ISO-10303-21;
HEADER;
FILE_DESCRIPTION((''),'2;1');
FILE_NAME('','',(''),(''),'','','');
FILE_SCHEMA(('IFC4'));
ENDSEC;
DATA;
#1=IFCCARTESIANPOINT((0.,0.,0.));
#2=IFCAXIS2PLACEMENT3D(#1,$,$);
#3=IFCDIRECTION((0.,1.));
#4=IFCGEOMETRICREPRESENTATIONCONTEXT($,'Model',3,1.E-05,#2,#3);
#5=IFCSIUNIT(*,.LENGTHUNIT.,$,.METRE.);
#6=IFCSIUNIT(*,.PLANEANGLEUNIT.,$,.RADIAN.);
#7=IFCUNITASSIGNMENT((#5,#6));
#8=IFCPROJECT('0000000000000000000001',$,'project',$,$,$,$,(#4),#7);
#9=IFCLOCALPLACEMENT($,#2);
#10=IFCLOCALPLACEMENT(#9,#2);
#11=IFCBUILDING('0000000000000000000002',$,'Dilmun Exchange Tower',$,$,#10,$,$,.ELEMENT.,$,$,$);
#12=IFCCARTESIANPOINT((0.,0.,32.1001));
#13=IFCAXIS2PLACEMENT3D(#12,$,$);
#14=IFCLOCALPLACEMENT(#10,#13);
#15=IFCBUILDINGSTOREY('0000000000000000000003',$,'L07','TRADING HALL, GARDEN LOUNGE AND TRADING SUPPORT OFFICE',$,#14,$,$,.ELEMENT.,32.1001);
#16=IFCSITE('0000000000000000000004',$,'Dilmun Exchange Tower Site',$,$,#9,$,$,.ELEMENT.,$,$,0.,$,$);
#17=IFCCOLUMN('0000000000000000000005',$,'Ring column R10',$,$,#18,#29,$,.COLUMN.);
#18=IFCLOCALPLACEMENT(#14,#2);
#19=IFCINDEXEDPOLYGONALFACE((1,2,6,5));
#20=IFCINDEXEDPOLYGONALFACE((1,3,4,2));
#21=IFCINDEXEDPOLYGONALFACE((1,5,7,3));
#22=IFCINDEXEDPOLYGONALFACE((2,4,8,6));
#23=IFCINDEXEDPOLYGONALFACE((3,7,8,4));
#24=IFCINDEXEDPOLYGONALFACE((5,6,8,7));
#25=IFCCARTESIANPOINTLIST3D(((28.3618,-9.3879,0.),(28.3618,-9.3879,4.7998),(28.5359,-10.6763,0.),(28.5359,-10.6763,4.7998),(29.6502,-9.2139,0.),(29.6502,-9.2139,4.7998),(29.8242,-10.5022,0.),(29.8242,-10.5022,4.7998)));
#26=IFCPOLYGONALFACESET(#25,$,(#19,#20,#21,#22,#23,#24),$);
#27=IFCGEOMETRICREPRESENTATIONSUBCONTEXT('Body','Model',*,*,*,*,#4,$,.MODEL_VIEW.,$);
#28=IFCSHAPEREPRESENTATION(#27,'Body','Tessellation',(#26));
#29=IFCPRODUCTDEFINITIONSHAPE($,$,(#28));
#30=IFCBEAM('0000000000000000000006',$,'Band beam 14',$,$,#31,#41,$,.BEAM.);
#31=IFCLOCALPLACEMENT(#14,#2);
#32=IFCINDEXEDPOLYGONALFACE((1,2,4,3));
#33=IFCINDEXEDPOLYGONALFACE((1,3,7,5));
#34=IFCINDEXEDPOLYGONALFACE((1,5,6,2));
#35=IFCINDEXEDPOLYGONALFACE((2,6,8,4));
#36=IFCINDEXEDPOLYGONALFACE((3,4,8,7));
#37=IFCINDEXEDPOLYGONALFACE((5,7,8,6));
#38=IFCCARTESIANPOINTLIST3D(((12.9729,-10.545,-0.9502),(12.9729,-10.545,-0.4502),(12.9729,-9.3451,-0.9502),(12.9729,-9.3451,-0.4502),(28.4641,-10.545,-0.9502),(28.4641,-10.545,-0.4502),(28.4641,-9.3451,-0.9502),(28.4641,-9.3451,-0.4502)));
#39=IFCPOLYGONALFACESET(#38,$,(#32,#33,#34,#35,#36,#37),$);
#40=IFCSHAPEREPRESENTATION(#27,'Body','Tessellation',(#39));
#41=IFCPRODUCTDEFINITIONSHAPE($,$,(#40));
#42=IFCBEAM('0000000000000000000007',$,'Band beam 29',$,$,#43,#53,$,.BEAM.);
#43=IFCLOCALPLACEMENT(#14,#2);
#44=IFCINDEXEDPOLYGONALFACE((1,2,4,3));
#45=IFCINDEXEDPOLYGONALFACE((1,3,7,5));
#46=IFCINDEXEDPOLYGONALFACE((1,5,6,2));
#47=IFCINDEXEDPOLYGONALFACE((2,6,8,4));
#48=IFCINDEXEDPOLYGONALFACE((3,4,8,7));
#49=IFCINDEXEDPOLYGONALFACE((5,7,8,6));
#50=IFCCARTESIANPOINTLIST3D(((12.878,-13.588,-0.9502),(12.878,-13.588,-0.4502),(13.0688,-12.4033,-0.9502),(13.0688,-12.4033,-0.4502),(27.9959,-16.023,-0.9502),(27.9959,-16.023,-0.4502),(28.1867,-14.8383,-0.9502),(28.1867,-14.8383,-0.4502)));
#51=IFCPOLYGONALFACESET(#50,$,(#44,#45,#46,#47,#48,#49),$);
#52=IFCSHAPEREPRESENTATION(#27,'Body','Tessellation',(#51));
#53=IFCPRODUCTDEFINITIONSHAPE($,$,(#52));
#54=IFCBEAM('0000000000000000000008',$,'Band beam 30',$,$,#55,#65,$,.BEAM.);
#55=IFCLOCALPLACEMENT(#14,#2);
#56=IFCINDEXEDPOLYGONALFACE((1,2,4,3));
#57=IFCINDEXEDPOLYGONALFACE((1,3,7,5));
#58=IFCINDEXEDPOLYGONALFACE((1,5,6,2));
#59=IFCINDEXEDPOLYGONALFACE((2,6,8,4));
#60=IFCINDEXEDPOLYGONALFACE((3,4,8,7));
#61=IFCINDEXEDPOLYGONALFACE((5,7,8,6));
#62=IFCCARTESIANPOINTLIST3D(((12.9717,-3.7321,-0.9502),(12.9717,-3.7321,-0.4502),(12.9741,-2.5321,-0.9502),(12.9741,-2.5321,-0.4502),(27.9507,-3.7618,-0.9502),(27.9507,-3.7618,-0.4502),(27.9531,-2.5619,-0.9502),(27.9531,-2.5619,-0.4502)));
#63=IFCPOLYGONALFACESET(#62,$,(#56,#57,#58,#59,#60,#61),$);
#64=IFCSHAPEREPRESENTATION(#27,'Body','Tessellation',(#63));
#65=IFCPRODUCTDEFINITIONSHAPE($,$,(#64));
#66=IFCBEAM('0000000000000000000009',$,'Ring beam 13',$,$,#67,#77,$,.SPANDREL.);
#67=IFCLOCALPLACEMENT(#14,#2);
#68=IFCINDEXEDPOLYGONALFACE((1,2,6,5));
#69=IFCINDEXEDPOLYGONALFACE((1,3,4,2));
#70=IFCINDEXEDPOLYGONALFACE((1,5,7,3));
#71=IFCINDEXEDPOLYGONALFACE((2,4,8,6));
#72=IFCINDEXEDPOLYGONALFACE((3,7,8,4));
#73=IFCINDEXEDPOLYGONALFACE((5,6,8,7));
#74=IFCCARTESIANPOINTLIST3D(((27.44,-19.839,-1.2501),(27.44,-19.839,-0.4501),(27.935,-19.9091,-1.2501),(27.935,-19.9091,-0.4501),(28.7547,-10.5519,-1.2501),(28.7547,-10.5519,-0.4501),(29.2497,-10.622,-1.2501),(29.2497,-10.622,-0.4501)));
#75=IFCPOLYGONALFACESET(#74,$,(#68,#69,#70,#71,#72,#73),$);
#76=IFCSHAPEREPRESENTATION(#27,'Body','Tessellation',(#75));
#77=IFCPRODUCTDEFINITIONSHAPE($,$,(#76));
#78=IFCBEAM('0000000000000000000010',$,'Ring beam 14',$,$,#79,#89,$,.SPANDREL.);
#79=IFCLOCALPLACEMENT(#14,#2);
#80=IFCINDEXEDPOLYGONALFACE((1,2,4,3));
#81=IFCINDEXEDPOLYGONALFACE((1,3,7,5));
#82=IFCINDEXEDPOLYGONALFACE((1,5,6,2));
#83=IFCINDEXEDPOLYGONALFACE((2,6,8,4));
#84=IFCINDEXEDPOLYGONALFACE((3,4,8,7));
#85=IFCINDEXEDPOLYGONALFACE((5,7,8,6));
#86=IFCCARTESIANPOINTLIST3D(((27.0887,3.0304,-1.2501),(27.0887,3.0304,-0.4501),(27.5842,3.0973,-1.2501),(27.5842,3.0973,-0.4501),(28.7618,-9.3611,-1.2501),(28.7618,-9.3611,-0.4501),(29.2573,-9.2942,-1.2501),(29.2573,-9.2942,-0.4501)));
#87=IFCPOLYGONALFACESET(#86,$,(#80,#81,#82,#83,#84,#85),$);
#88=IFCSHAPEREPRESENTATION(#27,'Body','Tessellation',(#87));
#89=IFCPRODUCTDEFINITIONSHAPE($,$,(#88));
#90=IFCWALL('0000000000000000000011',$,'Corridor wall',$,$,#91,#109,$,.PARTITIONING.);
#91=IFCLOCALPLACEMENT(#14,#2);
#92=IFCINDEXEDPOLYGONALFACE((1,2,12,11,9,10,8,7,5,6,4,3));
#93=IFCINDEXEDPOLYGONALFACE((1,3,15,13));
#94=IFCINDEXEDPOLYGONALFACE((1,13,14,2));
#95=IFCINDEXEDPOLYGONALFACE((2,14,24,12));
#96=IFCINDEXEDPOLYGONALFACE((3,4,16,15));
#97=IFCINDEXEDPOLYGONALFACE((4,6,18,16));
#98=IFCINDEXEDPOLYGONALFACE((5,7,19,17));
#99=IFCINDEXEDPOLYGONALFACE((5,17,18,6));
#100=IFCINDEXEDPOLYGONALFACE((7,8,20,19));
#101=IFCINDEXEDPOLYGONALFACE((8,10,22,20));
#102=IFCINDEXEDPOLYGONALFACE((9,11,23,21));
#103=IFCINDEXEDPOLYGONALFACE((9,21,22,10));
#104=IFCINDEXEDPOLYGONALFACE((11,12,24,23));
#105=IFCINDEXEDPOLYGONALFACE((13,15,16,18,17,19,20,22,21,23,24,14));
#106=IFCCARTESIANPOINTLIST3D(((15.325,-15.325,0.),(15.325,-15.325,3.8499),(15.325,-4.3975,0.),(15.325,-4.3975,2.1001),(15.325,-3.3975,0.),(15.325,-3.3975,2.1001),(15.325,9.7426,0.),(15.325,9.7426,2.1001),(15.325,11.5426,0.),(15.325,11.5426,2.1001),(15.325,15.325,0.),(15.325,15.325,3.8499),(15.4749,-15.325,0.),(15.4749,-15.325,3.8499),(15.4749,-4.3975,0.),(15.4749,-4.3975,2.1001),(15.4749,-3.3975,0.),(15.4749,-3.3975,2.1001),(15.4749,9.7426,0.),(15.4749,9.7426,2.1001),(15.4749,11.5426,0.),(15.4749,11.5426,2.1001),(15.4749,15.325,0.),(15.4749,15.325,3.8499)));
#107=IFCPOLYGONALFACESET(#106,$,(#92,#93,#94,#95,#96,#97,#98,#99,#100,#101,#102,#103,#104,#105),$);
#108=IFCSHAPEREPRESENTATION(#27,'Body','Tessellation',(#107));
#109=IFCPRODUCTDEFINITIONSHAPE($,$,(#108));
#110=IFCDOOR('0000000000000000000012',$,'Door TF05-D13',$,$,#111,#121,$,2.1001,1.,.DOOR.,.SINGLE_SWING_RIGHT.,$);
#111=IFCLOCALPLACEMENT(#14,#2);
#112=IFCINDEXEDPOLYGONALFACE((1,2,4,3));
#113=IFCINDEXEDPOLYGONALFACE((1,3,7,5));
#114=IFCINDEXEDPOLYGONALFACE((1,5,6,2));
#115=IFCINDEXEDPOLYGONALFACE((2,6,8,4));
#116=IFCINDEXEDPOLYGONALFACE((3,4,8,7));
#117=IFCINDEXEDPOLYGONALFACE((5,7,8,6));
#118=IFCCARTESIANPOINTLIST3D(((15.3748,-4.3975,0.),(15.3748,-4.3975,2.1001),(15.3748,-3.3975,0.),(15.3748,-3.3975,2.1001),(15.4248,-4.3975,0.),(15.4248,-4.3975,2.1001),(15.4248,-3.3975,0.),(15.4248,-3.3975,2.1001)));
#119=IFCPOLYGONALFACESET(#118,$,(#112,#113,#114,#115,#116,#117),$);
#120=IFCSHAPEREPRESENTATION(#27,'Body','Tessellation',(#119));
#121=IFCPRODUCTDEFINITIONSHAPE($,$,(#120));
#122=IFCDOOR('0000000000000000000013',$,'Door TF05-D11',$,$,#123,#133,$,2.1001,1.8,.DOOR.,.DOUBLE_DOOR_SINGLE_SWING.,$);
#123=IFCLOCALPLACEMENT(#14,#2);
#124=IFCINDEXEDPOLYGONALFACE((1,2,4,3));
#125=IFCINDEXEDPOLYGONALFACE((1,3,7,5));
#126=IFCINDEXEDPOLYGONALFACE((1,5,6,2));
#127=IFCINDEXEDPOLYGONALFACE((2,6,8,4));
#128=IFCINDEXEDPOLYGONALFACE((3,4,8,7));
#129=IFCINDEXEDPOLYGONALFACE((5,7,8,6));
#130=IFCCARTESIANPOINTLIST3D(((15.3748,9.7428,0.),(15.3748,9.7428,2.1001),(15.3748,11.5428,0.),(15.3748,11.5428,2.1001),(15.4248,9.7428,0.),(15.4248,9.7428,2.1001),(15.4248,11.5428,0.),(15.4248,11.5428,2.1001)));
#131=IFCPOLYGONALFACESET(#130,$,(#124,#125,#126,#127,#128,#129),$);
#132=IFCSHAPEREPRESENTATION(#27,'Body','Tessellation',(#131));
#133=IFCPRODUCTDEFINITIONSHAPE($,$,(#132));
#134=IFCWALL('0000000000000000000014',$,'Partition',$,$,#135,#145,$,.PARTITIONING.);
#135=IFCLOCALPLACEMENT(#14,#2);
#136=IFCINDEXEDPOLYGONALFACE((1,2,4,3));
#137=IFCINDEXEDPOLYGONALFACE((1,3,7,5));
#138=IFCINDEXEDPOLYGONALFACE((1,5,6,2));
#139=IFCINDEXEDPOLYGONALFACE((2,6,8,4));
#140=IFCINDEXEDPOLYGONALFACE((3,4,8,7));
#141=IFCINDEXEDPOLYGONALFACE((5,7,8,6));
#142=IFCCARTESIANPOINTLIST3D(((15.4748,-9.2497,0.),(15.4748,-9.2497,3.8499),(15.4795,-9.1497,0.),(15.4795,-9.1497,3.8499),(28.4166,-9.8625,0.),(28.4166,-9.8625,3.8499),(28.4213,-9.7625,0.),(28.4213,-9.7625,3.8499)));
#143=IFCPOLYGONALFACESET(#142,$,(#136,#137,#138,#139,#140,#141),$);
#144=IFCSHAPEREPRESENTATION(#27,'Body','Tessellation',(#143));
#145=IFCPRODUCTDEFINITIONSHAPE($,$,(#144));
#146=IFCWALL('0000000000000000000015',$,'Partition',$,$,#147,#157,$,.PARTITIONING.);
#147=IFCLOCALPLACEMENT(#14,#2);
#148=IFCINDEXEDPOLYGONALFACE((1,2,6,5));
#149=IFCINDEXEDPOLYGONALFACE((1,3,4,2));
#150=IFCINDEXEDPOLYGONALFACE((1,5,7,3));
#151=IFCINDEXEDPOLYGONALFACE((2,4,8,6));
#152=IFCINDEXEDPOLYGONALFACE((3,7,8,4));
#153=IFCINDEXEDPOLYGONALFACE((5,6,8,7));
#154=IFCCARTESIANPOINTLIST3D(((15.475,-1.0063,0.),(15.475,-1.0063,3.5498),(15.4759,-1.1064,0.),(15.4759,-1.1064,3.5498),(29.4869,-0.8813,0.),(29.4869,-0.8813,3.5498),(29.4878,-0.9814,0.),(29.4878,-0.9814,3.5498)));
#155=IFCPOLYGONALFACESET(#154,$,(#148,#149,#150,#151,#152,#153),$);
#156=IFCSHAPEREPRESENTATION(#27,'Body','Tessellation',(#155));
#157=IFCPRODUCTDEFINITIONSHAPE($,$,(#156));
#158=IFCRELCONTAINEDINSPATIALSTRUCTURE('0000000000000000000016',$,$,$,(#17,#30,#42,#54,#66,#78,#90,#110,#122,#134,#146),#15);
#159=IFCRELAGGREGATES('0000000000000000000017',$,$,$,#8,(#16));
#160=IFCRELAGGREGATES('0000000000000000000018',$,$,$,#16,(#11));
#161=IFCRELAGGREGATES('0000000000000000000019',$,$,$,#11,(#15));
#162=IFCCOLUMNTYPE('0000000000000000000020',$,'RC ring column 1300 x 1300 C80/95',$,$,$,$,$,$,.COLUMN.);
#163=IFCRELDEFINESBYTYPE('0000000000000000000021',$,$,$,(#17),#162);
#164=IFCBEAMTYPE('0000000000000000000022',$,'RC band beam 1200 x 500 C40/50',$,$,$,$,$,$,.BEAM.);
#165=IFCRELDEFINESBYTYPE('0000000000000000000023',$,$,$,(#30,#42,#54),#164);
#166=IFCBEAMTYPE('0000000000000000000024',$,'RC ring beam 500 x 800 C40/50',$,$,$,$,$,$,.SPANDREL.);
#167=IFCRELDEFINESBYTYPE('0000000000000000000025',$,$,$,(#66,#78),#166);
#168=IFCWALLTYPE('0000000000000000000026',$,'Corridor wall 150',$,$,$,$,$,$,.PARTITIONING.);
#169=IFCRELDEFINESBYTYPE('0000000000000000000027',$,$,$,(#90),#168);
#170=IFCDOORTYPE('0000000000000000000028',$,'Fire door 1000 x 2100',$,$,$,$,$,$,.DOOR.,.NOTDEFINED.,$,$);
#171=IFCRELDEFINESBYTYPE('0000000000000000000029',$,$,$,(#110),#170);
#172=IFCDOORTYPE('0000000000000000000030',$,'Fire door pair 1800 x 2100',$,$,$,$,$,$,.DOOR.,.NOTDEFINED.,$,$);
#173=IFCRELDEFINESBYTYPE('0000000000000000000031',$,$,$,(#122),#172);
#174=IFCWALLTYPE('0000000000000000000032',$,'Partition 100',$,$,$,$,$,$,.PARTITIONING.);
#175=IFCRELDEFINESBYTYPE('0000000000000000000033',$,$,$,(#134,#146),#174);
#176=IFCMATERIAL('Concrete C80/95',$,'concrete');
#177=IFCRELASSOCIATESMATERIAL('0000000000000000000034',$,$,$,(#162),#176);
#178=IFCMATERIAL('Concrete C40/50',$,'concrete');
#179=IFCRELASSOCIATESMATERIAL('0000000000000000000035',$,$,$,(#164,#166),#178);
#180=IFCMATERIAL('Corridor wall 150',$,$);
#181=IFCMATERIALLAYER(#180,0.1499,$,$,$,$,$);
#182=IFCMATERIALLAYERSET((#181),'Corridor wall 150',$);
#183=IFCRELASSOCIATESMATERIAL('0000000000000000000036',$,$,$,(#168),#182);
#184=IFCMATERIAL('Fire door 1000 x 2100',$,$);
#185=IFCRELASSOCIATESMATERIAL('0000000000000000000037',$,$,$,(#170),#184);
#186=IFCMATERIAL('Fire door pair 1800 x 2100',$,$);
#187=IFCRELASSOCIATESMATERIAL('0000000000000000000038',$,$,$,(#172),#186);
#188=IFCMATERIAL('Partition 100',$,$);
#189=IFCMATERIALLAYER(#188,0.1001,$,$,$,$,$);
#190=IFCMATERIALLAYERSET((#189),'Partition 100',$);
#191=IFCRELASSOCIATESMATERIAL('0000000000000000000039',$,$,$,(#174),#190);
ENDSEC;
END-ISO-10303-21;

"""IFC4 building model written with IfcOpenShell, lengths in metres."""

from ifc_helpers import new_model, si_unit, direction, frame, frame_2d, origin, origin_2d, place, context, subcontext, project, spatial, rectangle, extrude, material, layer, layer_set, material_profile, profile_set, type_object, element, fill, save


model = new_model("IFC4")

# Units and contexts
model_context = context("Model", 3, precision=1e-05, world=origin(), true_north=direction((0.0, 1.0)))
body_context = subcontext(model_context, "Body", "Model", "MODEL_VIEW")
ifc_project = project(units=[si_unit("LENGTHUNIT", "METRE"), si_unit("PLANEANGLEUNIT", "RADIAN")], contexts=[model_context])

# Site, building, storey
site_placement = place(None, origin())
site = spatial("IfcSite", under=ifc_project, at=site_placement, Name="Dilmun Exchange Tower Site", CompositionType="ELEMENT", RefElevation=0.0)
building_placement = place(site_placement, origin())
building = spatial("IfcBuilding", under=site, at=building_placement, Name="Dilmun Exchange Tower", CompositionType="ELEMENT")
storey_placement = place(building_placement, frame((0.0, 0.0, 32.1001)))
storey = spatial("IfcBuildingStorey", under=building, at=storey_placement, Name="L07", Description="TRADING HALL, GARDEN LOUNGE AND TRADING SUPPORT OFFICE", CompositionType="ELEMENT", Elevation=32.1001)

# Column
ifc_material_1 = material(Name="Concrete C80/95", Category="concrete")
ifc_material_profile_1 = material_profile(ifc_material_1, rectangle(XDim=1.3, YDim=1.3, at=origin_2d()), Name="1300 x 1300")
ifc_profile_set_1 = profile_set([ifc_material_profile_1], Name="Concrete C80/95")
column_type = type_object("IfcColumnType", Name="RC ring column 1300 x 1300 C80/95", PredefinedType="COLUMN", material=ifc_profile_set_1)
column_placement = place(storey_placement, frame((29.093, -9.9451, 0.0), z_axis=(0.0, 0.0, 1.0), x_axis=(0.991001, 0.133853, 0.0)))
element("IfcColumn", 1, at=column_placement, inside=storey, type_object=column_type, Name="Ring column R10", PredefinedType="COLUMN", context=body_context, shape_type="SweptSolid", body=[
    extrude(rectangle(XDim=1.3, YDim=1.3, at=origin_2d()), origin(), (0.0, 0.0, 1.0), 4.7998),
])

# Beams
ifc_material_2 = material(Name="Concrete C40/50", Category="concrete")
ifc_material_profile_2 = material_profile(ifc_material_2, rectangle(XDim=1.2, YDim=0.5, at=origin_2d()), Name="1200 x 500")
ifc_profile_set_2 = profile_set([ifc_material_profile_2], Name="Concrete C40/50")
beam_type_1 = type_object("IfcBeamType", Name="RC band beam 1200 x 500 C40/50", PredefinedType="BEAM", material=ifc_profile_set_2)
beam_1_placement = place(storey_placement, frame((28.4641, -9.9451, -0.7002), z_axis=(-1.0, 0.0, 0.0), x_axis=(0.0, -1.0, 0.0)))
element("IfcBeam", 2, at=beam_1_placement, inside=storey, type_object=beam_type_1, Name="Band beam 14", PredefinedType="BEAM", context=body_context, shape_type="SweptSolid", body=[
    extrude(rectangle(XDim=1.2, YDim=0.5, at=origin_2d()), origin(), (0.0, 0.0, 1.0), 15.4912),
])
beam_2_placement = place(storey_placement, frame((28.0913, -15.4307, -0.7002), z_axis=(-0.987275, 0.159021, 0.0), x_axis=(-0.159021, -0.987275, 0.0)))
element("IfcBeam", 3, at=beam_2_placement, inside=storey, type_object=beam_type_1, Name="Band beam 29", PredefinedType="BEAM", context=body_context, shape_type="SweptSolid", body=[
    extrude(rectangle(XDim=1.2, YDim=0.5, at=origin_2d()), origin(), (0.0, 0.0, 1.0), 15.3127),
])
beam_3_placement = place(storey_placement, frame((27.9519, -3.1619, -0.7002), z_axis=(-0.999998, 0.001988, 0.0), x_axis=(-0.001988, -0.999998, 0.0)))
element("IfcBeam", 4, at=beam_3_placement, inside=storey, type_object=beam_type_1, Name="Band beam 30", PredefinedType="BEAM", context=body_context, shape_type="SweptSolid", body=[
    extrude(rectangle(XDim=1.2, YDim=0.5, at=origin_2d()), origin(), (0.0, 0.0, 1.0), 14.979),
])
ifc_material_profile_3 = material_profile(ifc_material_2, rectangle(XDim=0.5, YDim=0.8, at=origin_2d()), Name="500 x 800")
ifc_profile_set_3 = profile_set([ifc_material_profile_3], Name="Concrete C40/50")
beam_type_2 = type_object("IfcBeamType", Name="RC ring beam 500 x 800 C40/50", PredefinedType="SPANDREL", material=ifc_profile_set_3)
beam_4_placement = place(storey_placement, frame((27.6875, -19.874, -0.8501), z_axis=(0.140164, 0.990128, 0.0), x_axis=(-0.990128, 0.140164, 0.0)))
element("IfcBeam", 5, at=beam_4_placement, inside=storey, type_object=beam_type_2, Name="Ring beam 13", PredefinedType="SPANDREL", context=body_context, shape_type="SweptSolid", body=[
    extrude(rectangle(XDim=0.5, YDim=0.8, at=origin_2d()), origin(), (0.0, 0.0, 1.0), 9.3796),
])
beam_5_placement = place(storey_placement, frame((29.0095, -9.3276, -0.8501), z_axis=(-0.133807, 0.991007, 0.0), x_axis=(-0.991007, -0.133807, 0.0)))
element("IfcBeam", 6, at=beam_5_placement, inside=storey, type_object=beam_type_2, Name="Ring beam 14", PredefinedType="SPANDREL", context=body_context, shape_type="SweptSolid", body=[
    extrude(rectangle(XDim=0.5, YDim=0.8, at=origin_2d()), origin(), (0.0, 0.0, 1.0), 12.5039),
])

# Wall, openings, doors
ifc_material_3 = material(Name="Corridor wall 150")
ifc_layer_1 = layer(ifc_material_3, 0.1499)
ifc_layer_set_1 = layer_set([ifc_layer_1], Name="Corridor wall 150")
wall_type_1 = type_object("IfcWallType", Name="Corridor wall 150", PredefinedType="PARTITIONING", material=ifc_layer_set_1)
wall_1_placement = place(storey_placement, frame((15.3999, -15.325, 0.0), z_axis=(0.0, 0.0, 1.0), x_axis=(0.0, 1.0, 0.0)))
wall_1 = element("IfcWall", 7, at=wall_1_placement, inside=storey, type_object=wall_type_1, Name="Corridor wall", PredefinedType="PARTITIONING", context=body_context, shape_type="SweptSolid", body=[
    extrude(rectangle(XDim=30.6499, YDim=0.1499, at=frame_2d((15.325, 0.0))), origin(), (0.0, 0.0, 1.0), 3.8499),
])
opening_1_placement = place(wall_1_placement, frame((25.0676, 0.0, 0.0)))
opening_1 = element("IfcOpeningElement", 8, at=opening_1_placement, cuts=wall_1, PredefinedType="OPENING", context=body_context, shape_type="SweptSolid", body=[
    extrude(rectangle(XDim=1.8, YDim=2.1001, at=frame_2d((0.8999, 1.05))), frame((0.0, 0.085, 0.0), z_axis=(0.0, -1.0, 0.0), x_axis=(1.0, 0.0, 0.0)), (0.0, 0.0, 1.0), 0.1699),
])
opening_2_placement = place(wall_1_placement, frame((10.9275, 0.0, 0.0)))
opening_2 = element("IfcOpeningElement", 9, at=opening_2_placement, cuts=wall_1, PredefinedType="OPENING", context=body_context, shape_type="SweptSolid", body=[
    extrude(rectangle(XDim=1.0, YDim=2.1001, at=frame_2d((0.5, 1.05))), frame((0.0, 0.085, 0.0), z_axis=(0.0, -1.0, 0.0), x_axis=(1.0, 0.0, 0.0)), (0.0, 0.0, 1.0), 0.1699),
])
ifc_material_4 = material(Name="Fire door 1000 x 2100")
door_type_1 = type_object("IfcDoorType", Name="Fire door 1000 x 2100", OperationType="NOTDEFINED", PredefinedType="DOOR", material=ifc_material_4)
door_1_placement = place(opening_2_placement, frame((1.0, 0.0, 0.0), z_axis=(0.0, 0.0, 1.0), x_axis=(-1.0, 0.0, 0.0)))
door_1 = element("IfcDoor", 10, at=door_1_placement, inside=storey, type_object=door_type_1, Name="Door TF05-D13", OperationType="SINGLE_SWING_RIGHT", OverallHeight=2.1001, OverallWidth=1.0, PredefinedType="DOOR", context=body_context, shape_type="SweptSolid", body=[
    extrude(rectangle(XDim=1.0, YDim=2.1001, at=frame_2d((0.5, 1.05))), frame((0.0, 0.0249, 0.0), z_axis=(0.0, -1.0, 0.0), x_axis=(1.0, 0.0, 0.0)), (0.0, 0.0, 1.0), 0.05),
])
fill(opening_2, door_1)
ifc_material_5 = material(Name="Fire door pair 1800 x 2100")
door_type_2 = type_object("IfcDoorType", Name="Fire door pair 1800 x 2100", OperationType="NOTDEFINED", PredefinedType="DOOR", material=ifc_material_5)
door_2_placement = place(opening_1_placement, frame((1.8, 0.0, 0.0), z_axis=(0.0, 0.0, 1.0), x_axis=(-1.0, 0.0, 0.0)))
door_2 = element("IfcDoor", 11, at=door_2_placement, inside=storey, type_object=door_type_2, Name="Door TF05-D11", OperationType="DOUBLE_DOOR_SINGLE_SWING", OverallHeight=2.1001, OverallWidth=1.8, PredefinedType="DOOR", context=body_context, shape_type="SweptSolid", body=[
    extrude(rectangle(XDim=1.8, YDim=2.1001, at=frame_2d((0.8999, 1.05))), frame((0.0, 0.0249, 0.0), z_axis=(0.0, -1.0, 0.0), x_axis=(1.0, 0.0, 0.0)), (0.0, 0.0, 1.0), 0.05),
])
fill(opening_1, door_2)

# Walls
ifc_material_6 = material(Name="Partition 100")
ifc_layer_2 = layer(ifc_material_6, 0.1001)
ifc_layer_set_2 = layer_set([ifc_layer_2], Name="Partition 100")
wall_type_2 = type_object("IfcWallType", Name="Partition 100", PredefinedType="PARTITIONING", material=ifc_layer_set_2)
wall_2_placement = place(storey_placement, frame((15.4773, -9.1997, 0.0), z_axis=(0.0, 0.0, 1.0), x_axis=(0.998881, -0.047297, 0.0)))
element("IfcWall", 12, at=wall_2_placement, inside=storey, type_object=wall_type_2, Name="Partition", PredefinedType="PARTITIONING", context=body_context, shape_type="SweptSolid", body=[
    extrude(rectangle(XDim=12.9563, YDim=0.1001, at=frame_2d((6.478, 0.0))), origin(), (0.0, 0.0, 1.0), 3.8499),
])
wall_3_placement = place(storey_placement, frame((15.4753, -1.0564, 0.0), z_axis=(0.0, 0.0, 1.0), x_axis=(0.99996, 0.008921, 0.0)))
element("IfcWall", 13, at=wall_3_placement, inside=storey, type_object=wall_type_2, Name="Partition", PredefinedType="PARTITIONING", context=body_context, shape_type="SweptSolid", body=[
    extrude(rectangle(XDim=14.0125, YDim=0.1001, at=frame_2d((7.0063, 0.0))), origin(), (0.0, 0.0, 1.0), 3.5498),
])

save(model, "model.ifc")
